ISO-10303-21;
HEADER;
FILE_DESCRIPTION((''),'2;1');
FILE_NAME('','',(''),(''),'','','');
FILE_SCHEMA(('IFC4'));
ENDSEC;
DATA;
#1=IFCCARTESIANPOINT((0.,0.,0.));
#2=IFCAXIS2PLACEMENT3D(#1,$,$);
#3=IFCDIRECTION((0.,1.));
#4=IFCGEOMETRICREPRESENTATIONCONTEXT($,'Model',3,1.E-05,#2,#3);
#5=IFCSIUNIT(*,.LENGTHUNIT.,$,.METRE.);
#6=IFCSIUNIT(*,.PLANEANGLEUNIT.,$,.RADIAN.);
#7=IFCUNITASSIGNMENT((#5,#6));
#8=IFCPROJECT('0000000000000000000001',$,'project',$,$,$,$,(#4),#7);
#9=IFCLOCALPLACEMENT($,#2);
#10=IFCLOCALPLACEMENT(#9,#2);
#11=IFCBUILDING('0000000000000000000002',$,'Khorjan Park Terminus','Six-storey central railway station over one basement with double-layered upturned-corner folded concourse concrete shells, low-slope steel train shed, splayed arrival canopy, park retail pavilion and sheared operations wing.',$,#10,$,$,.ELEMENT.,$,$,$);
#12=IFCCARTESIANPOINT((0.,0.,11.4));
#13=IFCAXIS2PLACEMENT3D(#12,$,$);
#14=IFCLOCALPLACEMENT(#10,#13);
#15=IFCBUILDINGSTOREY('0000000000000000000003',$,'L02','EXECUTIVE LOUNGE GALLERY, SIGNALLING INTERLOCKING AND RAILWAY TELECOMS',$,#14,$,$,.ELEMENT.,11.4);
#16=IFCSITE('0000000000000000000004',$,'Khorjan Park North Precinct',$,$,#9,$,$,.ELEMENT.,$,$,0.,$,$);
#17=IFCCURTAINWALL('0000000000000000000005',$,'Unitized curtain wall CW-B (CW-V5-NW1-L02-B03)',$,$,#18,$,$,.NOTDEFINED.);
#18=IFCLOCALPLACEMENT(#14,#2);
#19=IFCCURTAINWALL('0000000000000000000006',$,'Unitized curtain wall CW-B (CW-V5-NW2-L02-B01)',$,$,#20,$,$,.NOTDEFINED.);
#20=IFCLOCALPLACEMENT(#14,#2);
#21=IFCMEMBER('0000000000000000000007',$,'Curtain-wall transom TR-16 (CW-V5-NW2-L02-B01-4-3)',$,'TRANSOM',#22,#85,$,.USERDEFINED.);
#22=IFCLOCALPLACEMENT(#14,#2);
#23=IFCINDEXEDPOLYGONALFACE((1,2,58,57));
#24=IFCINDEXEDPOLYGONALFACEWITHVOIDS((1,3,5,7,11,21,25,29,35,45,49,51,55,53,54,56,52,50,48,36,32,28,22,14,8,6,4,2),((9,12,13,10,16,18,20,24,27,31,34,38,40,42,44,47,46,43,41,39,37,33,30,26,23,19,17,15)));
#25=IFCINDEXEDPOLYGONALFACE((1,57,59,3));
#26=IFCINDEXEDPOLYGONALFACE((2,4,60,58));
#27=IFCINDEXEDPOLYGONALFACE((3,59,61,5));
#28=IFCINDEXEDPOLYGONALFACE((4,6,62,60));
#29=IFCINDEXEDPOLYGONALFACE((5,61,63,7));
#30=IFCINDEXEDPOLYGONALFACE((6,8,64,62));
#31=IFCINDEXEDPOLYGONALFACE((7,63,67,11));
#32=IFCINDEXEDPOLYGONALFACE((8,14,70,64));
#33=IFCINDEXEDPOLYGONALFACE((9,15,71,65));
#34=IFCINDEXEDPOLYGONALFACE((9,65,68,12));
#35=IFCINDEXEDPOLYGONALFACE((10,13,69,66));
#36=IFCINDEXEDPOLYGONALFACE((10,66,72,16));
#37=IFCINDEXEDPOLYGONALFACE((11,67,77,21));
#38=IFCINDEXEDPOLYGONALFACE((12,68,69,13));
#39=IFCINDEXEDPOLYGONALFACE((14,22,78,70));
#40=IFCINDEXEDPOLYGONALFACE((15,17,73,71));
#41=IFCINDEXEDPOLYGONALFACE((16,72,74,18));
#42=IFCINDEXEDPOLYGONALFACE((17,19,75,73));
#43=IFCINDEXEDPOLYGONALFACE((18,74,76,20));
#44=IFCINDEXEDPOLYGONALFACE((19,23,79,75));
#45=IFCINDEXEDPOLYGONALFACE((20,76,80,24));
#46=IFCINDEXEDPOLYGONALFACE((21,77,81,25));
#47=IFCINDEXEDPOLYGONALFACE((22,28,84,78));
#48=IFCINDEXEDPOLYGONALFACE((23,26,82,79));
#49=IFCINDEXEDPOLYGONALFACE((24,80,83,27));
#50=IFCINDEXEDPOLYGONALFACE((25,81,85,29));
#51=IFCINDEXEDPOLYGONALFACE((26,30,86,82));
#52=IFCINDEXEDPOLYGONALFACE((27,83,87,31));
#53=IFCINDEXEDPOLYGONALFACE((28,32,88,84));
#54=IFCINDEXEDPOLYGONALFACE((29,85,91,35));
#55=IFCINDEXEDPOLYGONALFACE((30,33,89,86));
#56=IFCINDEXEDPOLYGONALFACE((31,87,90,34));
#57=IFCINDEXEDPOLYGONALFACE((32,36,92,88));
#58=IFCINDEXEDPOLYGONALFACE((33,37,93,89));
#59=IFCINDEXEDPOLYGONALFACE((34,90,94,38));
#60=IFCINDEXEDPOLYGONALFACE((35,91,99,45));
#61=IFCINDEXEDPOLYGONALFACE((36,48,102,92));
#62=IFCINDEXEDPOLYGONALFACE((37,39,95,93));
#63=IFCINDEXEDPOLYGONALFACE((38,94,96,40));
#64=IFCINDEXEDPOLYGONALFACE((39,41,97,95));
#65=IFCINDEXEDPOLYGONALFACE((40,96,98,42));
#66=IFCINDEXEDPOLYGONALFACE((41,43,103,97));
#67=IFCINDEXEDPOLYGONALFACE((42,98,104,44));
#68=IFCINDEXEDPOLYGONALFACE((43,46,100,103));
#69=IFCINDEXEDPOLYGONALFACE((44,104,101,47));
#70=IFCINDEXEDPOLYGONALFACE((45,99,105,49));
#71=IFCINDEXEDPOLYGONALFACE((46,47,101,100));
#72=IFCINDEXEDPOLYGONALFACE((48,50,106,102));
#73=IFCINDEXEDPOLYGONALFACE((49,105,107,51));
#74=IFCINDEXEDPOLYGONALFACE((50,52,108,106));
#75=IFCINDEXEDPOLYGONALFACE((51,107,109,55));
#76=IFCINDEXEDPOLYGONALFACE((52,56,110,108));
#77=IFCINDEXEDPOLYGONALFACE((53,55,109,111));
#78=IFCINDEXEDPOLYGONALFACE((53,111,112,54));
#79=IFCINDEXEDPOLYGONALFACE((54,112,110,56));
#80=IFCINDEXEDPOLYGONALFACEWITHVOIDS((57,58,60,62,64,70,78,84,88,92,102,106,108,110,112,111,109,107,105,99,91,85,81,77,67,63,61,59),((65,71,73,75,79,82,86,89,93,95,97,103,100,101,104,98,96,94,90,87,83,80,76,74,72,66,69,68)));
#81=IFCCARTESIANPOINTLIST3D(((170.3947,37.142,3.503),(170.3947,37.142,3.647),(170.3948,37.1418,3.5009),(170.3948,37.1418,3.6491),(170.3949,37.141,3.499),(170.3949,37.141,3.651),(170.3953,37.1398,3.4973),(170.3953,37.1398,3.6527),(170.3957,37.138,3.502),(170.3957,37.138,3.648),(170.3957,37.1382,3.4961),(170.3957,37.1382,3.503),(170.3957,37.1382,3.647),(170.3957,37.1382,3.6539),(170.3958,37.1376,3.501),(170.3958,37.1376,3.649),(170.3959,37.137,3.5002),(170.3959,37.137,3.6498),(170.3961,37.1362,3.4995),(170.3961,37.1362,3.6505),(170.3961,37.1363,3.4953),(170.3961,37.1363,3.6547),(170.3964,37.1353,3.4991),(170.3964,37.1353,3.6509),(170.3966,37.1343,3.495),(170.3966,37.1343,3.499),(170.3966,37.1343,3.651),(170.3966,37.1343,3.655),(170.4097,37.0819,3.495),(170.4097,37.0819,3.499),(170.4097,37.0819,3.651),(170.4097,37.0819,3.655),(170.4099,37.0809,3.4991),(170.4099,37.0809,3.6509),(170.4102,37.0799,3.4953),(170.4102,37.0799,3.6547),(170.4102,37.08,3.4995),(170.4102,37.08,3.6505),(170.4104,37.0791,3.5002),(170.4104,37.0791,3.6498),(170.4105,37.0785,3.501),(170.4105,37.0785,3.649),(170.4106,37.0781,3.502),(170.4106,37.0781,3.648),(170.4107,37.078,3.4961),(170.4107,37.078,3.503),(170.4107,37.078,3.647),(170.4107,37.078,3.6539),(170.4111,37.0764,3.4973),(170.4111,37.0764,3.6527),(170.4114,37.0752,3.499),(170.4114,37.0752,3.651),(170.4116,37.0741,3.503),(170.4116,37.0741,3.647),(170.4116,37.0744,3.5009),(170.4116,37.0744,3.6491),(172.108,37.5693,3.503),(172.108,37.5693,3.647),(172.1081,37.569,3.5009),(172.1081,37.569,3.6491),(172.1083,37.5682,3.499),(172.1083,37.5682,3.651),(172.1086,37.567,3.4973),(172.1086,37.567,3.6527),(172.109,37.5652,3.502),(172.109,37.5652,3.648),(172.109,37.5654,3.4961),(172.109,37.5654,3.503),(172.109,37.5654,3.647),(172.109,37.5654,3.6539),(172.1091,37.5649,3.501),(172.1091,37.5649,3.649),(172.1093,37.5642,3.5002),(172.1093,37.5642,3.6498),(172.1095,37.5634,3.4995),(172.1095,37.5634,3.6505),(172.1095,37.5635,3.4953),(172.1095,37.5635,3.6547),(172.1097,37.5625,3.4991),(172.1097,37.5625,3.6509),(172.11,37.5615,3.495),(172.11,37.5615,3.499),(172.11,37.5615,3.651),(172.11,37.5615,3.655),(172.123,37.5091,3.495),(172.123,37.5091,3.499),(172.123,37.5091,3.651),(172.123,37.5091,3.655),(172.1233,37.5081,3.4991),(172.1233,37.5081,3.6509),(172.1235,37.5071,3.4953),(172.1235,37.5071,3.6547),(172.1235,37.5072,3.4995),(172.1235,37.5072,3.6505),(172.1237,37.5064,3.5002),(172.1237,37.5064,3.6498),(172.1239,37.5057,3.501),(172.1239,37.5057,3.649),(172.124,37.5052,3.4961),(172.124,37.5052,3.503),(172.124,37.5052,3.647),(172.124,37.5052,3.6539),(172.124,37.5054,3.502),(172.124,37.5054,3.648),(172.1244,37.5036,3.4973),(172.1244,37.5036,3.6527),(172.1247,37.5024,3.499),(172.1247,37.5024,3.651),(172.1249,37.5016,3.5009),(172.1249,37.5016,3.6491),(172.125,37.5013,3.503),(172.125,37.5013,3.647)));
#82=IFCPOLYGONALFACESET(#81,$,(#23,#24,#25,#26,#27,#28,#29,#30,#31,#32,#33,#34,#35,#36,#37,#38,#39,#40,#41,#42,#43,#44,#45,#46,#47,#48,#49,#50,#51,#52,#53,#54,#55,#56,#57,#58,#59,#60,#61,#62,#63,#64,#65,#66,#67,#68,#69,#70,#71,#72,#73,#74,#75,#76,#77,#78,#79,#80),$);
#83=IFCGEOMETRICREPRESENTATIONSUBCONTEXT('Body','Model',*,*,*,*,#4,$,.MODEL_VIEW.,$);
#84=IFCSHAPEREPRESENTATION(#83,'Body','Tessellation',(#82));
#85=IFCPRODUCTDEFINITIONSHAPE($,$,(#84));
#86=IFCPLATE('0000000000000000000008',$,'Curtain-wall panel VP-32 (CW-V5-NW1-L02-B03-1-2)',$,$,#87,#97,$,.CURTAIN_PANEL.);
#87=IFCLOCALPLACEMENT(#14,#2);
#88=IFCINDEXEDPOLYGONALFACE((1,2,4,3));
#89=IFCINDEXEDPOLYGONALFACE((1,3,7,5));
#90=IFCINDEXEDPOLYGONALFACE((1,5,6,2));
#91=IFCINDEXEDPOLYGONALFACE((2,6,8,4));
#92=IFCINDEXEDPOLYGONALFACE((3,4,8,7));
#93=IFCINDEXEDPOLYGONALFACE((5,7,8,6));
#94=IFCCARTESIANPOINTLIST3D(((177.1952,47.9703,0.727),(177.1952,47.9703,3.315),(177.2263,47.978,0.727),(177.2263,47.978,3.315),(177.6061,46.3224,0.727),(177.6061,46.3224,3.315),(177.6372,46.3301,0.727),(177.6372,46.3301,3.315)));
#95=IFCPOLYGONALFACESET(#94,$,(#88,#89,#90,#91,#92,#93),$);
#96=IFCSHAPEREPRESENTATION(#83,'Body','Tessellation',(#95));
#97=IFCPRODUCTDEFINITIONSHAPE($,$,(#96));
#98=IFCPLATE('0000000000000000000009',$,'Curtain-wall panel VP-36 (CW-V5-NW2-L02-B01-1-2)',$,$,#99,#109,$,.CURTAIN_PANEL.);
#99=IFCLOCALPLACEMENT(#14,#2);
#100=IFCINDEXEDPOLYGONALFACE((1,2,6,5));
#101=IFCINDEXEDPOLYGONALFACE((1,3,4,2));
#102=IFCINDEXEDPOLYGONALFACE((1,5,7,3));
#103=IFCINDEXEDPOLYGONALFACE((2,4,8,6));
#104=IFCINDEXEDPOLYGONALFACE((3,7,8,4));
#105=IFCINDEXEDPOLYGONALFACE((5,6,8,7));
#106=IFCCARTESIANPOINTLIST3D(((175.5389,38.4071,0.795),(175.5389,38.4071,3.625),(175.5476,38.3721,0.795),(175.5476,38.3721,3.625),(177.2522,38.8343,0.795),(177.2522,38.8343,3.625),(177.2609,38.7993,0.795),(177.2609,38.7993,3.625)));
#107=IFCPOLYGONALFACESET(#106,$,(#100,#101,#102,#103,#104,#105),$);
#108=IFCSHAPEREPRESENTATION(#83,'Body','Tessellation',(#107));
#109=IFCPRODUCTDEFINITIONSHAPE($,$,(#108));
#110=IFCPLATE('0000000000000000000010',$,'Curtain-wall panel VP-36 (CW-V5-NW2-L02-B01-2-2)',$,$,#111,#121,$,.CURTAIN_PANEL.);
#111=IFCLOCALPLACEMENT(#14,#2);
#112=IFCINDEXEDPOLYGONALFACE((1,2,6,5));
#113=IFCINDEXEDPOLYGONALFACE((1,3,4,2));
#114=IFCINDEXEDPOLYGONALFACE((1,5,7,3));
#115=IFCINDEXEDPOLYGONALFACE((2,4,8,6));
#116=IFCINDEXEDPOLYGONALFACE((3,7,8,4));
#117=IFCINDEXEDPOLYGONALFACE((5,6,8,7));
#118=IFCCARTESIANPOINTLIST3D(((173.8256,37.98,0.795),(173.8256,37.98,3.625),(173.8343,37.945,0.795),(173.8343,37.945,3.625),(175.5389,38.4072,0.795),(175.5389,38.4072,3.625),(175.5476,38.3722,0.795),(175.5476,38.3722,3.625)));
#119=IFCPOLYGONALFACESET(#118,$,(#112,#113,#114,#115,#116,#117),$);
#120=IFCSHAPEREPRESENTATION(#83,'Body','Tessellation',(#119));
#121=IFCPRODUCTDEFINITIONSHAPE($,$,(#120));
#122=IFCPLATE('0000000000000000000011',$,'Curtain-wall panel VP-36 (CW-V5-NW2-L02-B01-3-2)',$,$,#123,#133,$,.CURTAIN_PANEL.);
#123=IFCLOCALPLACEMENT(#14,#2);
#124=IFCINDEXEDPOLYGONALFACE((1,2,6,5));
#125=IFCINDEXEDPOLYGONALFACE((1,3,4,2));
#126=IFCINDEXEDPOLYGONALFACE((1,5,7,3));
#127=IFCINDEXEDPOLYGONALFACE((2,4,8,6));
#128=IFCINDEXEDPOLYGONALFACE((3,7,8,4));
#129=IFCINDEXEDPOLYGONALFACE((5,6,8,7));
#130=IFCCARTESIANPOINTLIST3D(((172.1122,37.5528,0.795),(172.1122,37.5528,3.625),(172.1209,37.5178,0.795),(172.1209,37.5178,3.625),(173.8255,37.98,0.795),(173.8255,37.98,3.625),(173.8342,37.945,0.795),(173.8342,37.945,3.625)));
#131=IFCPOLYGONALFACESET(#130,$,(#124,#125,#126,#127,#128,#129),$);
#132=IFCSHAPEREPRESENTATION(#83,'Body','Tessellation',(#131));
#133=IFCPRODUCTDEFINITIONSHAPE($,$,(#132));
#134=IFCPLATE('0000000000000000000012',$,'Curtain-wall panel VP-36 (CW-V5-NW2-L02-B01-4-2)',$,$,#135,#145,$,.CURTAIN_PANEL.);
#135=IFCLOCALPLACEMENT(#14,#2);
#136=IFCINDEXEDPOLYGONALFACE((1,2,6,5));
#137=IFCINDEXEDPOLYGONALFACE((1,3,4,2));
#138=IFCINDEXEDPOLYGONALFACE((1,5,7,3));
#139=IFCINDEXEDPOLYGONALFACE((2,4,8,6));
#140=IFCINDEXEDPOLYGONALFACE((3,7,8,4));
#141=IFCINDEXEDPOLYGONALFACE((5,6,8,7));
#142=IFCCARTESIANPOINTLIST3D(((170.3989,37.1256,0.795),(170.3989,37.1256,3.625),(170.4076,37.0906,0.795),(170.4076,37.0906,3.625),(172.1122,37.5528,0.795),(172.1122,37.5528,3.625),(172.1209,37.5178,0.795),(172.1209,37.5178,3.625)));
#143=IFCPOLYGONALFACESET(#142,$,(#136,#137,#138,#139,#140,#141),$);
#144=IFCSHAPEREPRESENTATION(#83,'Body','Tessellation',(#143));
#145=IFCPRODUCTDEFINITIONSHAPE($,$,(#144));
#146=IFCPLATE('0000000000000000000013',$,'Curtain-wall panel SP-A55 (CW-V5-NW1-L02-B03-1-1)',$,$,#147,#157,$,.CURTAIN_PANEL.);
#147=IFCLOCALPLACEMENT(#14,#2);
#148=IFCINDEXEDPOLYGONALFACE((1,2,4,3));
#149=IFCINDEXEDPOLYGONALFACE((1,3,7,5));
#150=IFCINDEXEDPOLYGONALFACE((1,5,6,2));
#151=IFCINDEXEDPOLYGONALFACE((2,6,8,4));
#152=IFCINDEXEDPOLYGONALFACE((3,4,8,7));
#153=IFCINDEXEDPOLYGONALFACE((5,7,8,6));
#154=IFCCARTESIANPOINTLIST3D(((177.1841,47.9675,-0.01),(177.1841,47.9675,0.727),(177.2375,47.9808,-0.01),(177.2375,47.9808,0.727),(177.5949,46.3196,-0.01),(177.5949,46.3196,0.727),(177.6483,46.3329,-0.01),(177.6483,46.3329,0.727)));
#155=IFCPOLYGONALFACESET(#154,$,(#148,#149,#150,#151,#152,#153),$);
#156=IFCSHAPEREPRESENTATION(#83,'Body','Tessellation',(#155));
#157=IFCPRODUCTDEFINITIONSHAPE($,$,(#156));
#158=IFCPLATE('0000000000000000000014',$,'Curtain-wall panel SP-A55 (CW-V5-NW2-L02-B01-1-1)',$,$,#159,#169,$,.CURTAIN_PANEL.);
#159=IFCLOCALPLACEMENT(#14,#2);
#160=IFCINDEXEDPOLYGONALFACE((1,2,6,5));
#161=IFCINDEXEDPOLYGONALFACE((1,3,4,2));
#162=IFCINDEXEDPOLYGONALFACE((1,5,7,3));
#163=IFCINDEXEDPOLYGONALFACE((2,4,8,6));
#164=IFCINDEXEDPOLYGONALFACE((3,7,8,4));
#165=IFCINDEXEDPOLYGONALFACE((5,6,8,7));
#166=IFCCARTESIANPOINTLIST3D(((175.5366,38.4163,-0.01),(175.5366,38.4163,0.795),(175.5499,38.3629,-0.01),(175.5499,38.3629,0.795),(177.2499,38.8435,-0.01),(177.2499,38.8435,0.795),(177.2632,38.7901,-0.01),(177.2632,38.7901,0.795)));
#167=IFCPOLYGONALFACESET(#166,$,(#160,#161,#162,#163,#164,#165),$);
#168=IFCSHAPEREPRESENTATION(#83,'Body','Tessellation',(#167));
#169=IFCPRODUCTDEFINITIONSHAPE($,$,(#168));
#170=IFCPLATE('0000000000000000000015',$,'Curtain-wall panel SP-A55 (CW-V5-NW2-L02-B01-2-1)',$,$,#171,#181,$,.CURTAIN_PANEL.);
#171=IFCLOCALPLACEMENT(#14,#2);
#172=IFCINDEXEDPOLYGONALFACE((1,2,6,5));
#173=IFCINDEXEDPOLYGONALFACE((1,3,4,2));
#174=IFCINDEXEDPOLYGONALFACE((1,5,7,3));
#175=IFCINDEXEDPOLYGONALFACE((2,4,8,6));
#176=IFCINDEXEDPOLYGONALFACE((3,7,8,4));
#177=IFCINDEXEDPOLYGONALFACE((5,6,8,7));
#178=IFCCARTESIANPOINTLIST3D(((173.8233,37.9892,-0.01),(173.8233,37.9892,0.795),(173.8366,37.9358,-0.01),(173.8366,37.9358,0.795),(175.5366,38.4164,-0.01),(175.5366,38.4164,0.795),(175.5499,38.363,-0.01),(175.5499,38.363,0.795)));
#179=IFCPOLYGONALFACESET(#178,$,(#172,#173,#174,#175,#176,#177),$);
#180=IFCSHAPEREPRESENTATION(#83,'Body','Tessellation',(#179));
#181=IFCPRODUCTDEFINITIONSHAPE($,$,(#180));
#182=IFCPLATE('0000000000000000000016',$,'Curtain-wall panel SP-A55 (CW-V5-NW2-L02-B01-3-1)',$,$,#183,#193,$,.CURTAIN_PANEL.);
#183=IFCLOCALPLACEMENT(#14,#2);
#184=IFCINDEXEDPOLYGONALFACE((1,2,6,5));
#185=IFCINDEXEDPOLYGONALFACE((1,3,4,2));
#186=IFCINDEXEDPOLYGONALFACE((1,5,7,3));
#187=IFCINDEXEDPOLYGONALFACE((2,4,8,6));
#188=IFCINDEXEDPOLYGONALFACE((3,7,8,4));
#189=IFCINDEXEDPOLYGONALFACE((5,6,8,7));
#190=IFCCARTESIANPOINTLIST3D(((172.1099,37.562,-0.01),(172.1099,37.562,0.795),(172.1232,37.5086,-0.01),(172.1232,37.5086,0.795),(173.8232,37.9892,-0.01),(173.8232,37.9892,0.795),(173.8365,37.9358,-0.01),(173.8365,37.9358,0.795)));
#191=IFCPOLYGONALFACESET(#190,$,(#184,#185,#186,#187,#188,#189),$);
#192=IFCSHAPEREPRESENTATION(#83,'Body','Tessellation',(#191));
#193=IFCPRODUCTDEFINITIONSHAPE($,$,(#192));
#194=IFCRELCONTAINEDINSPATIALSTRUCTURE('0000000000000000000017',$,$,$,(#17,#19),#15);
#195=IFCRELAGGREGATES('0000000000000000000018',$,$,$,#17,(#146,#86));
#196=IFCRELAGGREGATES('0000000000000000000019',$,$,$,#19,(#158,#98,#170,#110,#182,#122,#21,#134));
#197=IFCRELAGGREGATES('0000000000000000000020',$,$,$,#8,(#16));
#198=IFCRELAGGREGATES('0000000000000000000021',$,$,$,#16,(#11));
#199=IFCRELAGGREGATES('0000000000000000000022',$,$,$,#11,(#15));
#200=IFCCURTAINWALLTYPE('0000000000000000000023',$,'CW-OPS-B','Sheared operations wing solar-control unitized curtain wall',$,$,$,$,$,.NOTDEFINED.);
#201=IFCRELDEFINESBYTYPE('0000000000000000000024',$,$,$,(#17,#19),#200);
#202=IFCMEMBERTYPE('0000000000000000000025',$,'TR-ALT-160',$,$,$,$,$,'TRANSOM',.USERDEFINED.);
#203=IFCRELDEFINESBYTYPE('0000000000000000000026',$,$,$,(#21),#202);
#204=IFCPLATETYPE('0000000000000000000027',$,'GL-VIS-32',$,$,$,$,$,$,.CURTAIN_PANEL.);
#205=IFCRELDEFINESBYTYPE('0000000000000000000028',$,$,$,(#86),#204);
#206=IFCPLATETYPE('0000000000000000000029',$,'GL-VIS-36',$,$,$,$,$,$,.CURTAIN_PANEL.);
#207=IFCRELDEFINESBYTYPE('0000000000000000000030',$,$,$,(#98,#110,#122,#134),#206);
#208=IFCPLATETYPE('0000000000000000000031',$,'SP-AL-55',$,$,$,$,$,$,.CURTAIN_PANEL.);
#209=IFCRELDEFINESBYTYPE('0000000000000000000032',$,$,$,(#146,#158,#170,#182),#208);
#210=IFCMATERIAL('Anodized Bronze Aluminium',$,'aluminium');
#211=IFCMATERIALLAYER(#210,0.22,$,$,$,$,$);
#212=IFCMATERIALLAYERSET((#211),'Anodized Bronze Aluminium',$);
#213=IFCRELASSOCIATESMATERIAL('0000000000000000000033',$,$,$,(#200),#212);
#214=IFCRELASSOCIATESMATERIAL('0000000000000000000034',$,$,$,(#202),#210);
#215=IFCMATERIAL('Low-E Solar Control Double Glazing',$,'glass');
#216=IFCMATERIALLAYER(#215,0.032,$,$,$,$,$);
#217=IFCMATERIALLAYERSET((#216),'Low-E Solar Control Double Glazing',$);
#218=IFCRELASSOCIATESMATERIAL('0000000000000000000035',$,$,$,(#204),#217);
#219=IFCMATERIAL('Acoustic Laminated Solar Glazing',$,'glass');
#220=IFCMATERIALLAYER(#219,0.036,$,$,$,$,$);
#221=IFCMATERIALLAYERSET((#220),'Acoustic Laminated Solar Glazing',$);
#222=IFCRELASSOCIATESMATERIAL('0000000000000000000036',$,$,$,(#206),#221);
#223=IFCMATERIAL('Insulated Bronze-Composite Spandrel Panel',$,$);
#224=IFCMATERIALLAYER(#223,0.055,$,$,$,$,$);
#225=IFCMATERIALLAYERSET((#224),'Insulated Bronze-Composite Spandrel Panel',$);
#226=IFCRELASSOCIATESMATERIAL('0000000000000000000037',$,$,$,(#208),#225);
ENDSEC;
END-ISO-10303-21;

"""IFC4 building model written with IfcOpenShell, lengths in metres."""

from ifc_helpers import new_model, si_unit, direction, frame, origin, origin_2d, place, context, subcontext, project, spatial, rectangle, hollow_rectangle, extrude, material, layer, layer_set, material_profile, profile_set, type_object, element, aggregate, save


model = new_model("IFC4")

# Units and contexts
model_context = context("Model", 3, precision=1e-05, world=origin(), true_north=direction((0.0, 1.0)))
body_context = subcontext(model_context, "Body", "Model", "MODEL_VIEW")
ifc_project = project(units=[si_unit("LENGTHUNIT", "METRE"), si_unit("PLANEANGLEUNIT", "RADIAN")], contexts=[model_context])

# Site, building, storey
site_placement = place(None, origin())
site = spatial("IfcSite", under=ifc_project, at=site_placement, Name="Khorjan Park North Precinct", CompositionType="ELEMENT", RefElevation=0.0)
building_placement = place(site_placement, origin())
building = spatial("IfcBuilding", under=site, at=building_placement, Name="Khorjan Park Terminus", Description="Six-storey central railway station over one basement with double-layered upturned-corner folded concourse concrete shells, low-slope steel train shed, splayed arrival canopy, park retail pavilion and sheared operations wing.", CompositionType="ELEMENT")
storey_placement = place(building_placement, frame((0.0, 0.0, 11.4)))
storey = spatial("IfcBuildingStorey", under=building, at=storey_placement, Name="L02", Description="EXECUTIVE LOUNGE GALLERY, SIGNALLING INTERLOCKING AND RAILWAY TELECOMS", CompositionType="ELEMENT", Elevation=11.4)

# Curtain wall
ifc_material_1 = material(Name="Anodized Bronze Aluminium", Category="aluminium")
ifc_layer_1 = layer(ifc_material_1, 0.22)
ifc_layer_set_1 = layer_set([ifc_layer_1], Name="Anodized Bronze Aluminium")
curtain_wall_type = type_object("IfcCurtainWallType", Name="CW-OPS-B", Description="Sheared operations wing solar-control unitized curtain wall", PredefinedType="NOTDEFINED", material=ifc_layer_set_1)
curtain_wall_1_placement = place(storey_placement, origin())
curtain_wall_1 = element("IfcCurtainWall", 1, at=curtain_wall_1_placement, inside=storey, type_object=curtain_wall_type, Name="Unitized curtain wall CW-B (CW-V5-NW1-L02-B03)", PredefinedType="NOTDEFINED")

# Curtain wall
curtain_wall_2_placement = place(storey_placement, origin())
curtain_wall_2 = element("IfcCurtainWall", 2, at=curtain_wall_2_placement, inside=storey, type_object=curtain_wall_type, Name="Unitized curtain wall CW-B (CW-V5-NW2-L02-B01)", PredefinedType="NOTDEFINED")

# Member
ifc_material_profile_1 = material_profile(ifc_material_1, hollow_rectangle(XDim=0.07, YDim=0.16, WallThickness=0.004, InnerFilletRadius=0.004, OuterFilletRadius=0.008, at=origin_2d()), Name="ALT 70x160x4")
ifc_profile_set_1 = profile_set([ifc_material_profile_1], Name="Anodized Bronze Aluminium")
member_type_1 = type_object("IfcMemberType", Name="TR-ALT-160", ElementType="TRANSOM", PredefinedType="USERDEFINED", material=ifc_profile_set_1)
member_1_placement = place(storey_placement, frame((172.1165, 37.5353, 3.575), z_axis=(-0.970292, -0.241936, 0.0), x_axis=(0.241936, -0.970292, 0.0)))
member_1 = element("IfcMember", 3, at=member_1_placement, type_object=member_type_1, Name="Curtain-wall transom TR-16 (CW-V5-NW2-L02-B01-4-3)", ObjectType="TRANSOM", PredefinedType="USERDEFINED", context=body_context, shape_type="SweptSolid", body=[
    extrude(hollow_rectangle(XDim=0.07, YDim=0.16, WallThickness=0.004, InnerFilletRadius=0.004, OuterFilletRadius=0.008, at=origin_2d()), origin(), (0.0, 0.0, 1.0), 1.7658),
])

# Plates
ifc_material_2 = material(Name="Low-E Solar Control Double Glazing", Category="glass")
ifc_layer_2 = layer(ifc_material_2, 0.032)
ifc_layer_set_2 = layer_set([ifc_layer_2], Name="Low-E Solar Control Double Glazing")
plate_type_1 = type_object("IfcPlateType", Name="GL-VIS-32", PredefinedType="CURTAIN_PANEL", material=ifc_layer_set_2)
plate_1_placement = place(storey_placement, frame((177.4162, 47.1502, 0.727), z_axis=(0.0, 0.0, 1.0), x_axis=(0.241921, -0.970296, 0.0)))
plate_1 = element("IfcPlate", 4, at=plate_1_placement, type_object=plate_type_1, Name="Curtain-wall panel VP-32 (CW-V5-NW1-L02-B03-1-2)", PredefinedType="CURTAIN_PANEL", context=body_context, shape_type="SweptSolid", body=[
    extrude(rectangle(XDim=1.6983, YDim=0.032, at=origin_2d()), origin(), (0.0, 0.0, 1.0), 2.588),
])
ifc_material_3 = material(Name="Acoustic Laminated Solar Glazing", Category="glass")
ifc_layer_3 = layer(ifc_material_3, 0.036)
ifc_layer_set_3 = layer_set([ifc_layer_3], Name="Acoustic Laminated Solar Glazing")
plate_type_2 = type_object("IfcPlateType", Name="GL-VIS-36", PredefinedType="CURTAIN_PANEL", material=ifc_layer_set_3)
plate_2_placement = place(storey_placement, frame((176.3999, 38.6032, 0.795), z_axis=(0.0, 0.0, 1.0), x_axis=(-0.970297, -0.241918, 0.0)))
plate_2 = element("IfcPlate", 5, at=plate_2_placement, type_object=plate_type_2, Name="Curtain-wall panel VP-36 (CW-V5-NW2-L02-B01-1-2)", PredefinedType="CURTAIN_PANEL", context=body_context, shape_type="SweptSolid", body=[
    extrude(rectangle(XDim=1.7658, YDim=0.036, at=origin_2d()), origin(), (0.0, 0.0, 1.0), 2.83),
])
plate_3_placement = place(storey_placement, frame((174.6866, 38.1761, 0.795), z_axis=(0.0, 0.0, 1.0), x_axis=(-0.970297, -0.241918, 0.0)))
plate_3 = element("IfcPlate", 6, at=plate_3_placement, type_object=plate_type_2, Name="Curtain-wall panel VP-36 (CW-V5-NW2-L02-B01-2-2)", PredefinedType="CURTAIN_PANEL", context=body_context, shape_type="SweptSolid", body=[
    extrude(rectangle(XDim=1.7658, YDim=0.036, at=origin_2d()), origin(), (0.0, 0.0, 1.0), 2.83),
])
plate_4_placement = place(storey_placement, frame((172.9732, 37.7489, 0.795), z_axis=(0.0, 0.0, 1.0), x_axis=(-0.970297, -0.241918, 0.0)))
plate_4 = element("IfcPlate", 7, at=plate_4_placement, type_object=plate_type_2, Name="Curtain-wall panel VP-36 (CW-V5-NW2-L02-B01-3-2)", PredefinedType="CURTAIN_PANEL", context=body_context, shape_type="SweptSolid", body=[
    extrude(rectangle(XDim=1.7658, YDim=0.036, at=origin_2d()), origin(), (0.0, 0.0, 1.0), 2.83),
])
plate_5_placement = place(storey_placement, frame((171.2599, 37.3217, 0.795), z_axis=(0.0, 0.0, 1.0), x_axis=(-0.970297, -0.241918, 0.0)))
plate_5 = element("IfcPlate", 8, at=plate_5_placement, type_object=plate_type_2, Name="Curtain-wall panel VP-36 (CW-V5-NW2-L02-B01-4-2)", PredefinedType="CURTAIN_PANEL", context=body_context, shape_type="SweptSolid", body=[
    extrude(rectangle(XDim=1.7658, YDim=0.036, at=origin_2d()), origin(), (0.0, 0.0, 1.0), 2.83),
])
ifc_material_4 = material(Name="Insulated Bronze-Composite Spandrel Panel")
ifc_layer_4 = layer(ifc_material_4, 0.055)
ifc_layer_set_4 = layer_set([ifc_layer_4], Name="Insulated Bronze-Composite Spandrel Panel")
plate_type_3 = type_object("IfcPlateType", Name="SP-AL-55", PredefinedType="CURTAIN_PANEL", material=ifc_layer_set_4)
plate_6_placement = place(storey_placement, frame((177.4162, 47.1502, -0.01), z_axis=(0.0, 0.0, 1.0), x_axis=(0.241921, -0.970296, 0.0)))
plate_6 = element("IfcPlate", 9, at=plate_6_placement, type_object=plate_type_3, Name="Curtain-wall panel SP-A55 (CW-V5-NW1-L02-B03-1-1)", PredefinedType="CURTAIN_PANEL", context=body_context, shape_type="SweptSolid", body=[
    extrude(rectangle(XDim=1.6983, YDim=0.055, at=origin_2d()), origin(), (0.0, 0.0, 1.0), 0.737),
])
aggregate(curtain_wall_1, [plate_6, plate_1])
plate_7_placement = place(storey_placement, frame((176.3999, 38.6032, -0.01), z_axis=(0.0, 0.0, 1.0), x_axis=(-0.970297, -0.241918, 0.0)))
plate_7 = element("IfcPlate", 10, at=plate_7_placement, type_object=plate_type_3, Name="Curtain-wall panel SP-A55 (CW-V5-NW2-L02-B01-1-1)", PredefinedType="CURTAIN_PANEL", context=body_context, shape_type="SweptSolid", body=[
    extrude(rectangle(XDim=1.7658, YDim=0.055, at=origin_2d()), origin(), (0.0, 0.0, 1.0), 0.805),
])
plate_8_placement = place(storey_placement, frame((174.6866, 38.1761, -0.01), z_axis=(0.0, 0.0, 1.0), x_axis=(-0.970297, -0.241918, 0.0)))
plate_8 = element("IfcPlate", 11, at=plate_8_placement, type_object=plate_type_3, Name="Curtain-wall panel SP-A55 (CW-V5-NW2-L02-B01-2-1)", PredefinedType="CURTAIN_PANEL", context=body_context, shape_type="SweptSolid", body=[
    extrude(rectangle(XDim=1.7658, YDim=0.055, at=origin_2d()), origin(), (0.0, 0.0, 1.0), 0.805),
])
plate_9_placement = place(storey_placement, frame((172.9732, 37.7489, -0.01), z_axis=(0.0, 0.0, 1.0), x_axis=(-0.970297, -0.241918, 0.0)))
plate_9 = element("IfcPlate", 12, at=plate_9_placement, type_object=plate_type_3, Name="Curtain-wall panel SP-A55 (CW-V5-NW2-L02-B01-3-1)", PredefinedType="CURTAIN_PANEL", context=body_context, shape_type="SweptSolid", body=[
    extrude(rectangle(XDim=1.7658, YDim=0.055, at=origin_2d()), origin(), (0.0, 0.0, 1.0), 0.805),
])
aggregate(curtain_wall_2, [plate_7, plate_2, plate_8, plate_3, plate_9, plate_4, member_1, plate_5])

save(model, "model.ifc")
